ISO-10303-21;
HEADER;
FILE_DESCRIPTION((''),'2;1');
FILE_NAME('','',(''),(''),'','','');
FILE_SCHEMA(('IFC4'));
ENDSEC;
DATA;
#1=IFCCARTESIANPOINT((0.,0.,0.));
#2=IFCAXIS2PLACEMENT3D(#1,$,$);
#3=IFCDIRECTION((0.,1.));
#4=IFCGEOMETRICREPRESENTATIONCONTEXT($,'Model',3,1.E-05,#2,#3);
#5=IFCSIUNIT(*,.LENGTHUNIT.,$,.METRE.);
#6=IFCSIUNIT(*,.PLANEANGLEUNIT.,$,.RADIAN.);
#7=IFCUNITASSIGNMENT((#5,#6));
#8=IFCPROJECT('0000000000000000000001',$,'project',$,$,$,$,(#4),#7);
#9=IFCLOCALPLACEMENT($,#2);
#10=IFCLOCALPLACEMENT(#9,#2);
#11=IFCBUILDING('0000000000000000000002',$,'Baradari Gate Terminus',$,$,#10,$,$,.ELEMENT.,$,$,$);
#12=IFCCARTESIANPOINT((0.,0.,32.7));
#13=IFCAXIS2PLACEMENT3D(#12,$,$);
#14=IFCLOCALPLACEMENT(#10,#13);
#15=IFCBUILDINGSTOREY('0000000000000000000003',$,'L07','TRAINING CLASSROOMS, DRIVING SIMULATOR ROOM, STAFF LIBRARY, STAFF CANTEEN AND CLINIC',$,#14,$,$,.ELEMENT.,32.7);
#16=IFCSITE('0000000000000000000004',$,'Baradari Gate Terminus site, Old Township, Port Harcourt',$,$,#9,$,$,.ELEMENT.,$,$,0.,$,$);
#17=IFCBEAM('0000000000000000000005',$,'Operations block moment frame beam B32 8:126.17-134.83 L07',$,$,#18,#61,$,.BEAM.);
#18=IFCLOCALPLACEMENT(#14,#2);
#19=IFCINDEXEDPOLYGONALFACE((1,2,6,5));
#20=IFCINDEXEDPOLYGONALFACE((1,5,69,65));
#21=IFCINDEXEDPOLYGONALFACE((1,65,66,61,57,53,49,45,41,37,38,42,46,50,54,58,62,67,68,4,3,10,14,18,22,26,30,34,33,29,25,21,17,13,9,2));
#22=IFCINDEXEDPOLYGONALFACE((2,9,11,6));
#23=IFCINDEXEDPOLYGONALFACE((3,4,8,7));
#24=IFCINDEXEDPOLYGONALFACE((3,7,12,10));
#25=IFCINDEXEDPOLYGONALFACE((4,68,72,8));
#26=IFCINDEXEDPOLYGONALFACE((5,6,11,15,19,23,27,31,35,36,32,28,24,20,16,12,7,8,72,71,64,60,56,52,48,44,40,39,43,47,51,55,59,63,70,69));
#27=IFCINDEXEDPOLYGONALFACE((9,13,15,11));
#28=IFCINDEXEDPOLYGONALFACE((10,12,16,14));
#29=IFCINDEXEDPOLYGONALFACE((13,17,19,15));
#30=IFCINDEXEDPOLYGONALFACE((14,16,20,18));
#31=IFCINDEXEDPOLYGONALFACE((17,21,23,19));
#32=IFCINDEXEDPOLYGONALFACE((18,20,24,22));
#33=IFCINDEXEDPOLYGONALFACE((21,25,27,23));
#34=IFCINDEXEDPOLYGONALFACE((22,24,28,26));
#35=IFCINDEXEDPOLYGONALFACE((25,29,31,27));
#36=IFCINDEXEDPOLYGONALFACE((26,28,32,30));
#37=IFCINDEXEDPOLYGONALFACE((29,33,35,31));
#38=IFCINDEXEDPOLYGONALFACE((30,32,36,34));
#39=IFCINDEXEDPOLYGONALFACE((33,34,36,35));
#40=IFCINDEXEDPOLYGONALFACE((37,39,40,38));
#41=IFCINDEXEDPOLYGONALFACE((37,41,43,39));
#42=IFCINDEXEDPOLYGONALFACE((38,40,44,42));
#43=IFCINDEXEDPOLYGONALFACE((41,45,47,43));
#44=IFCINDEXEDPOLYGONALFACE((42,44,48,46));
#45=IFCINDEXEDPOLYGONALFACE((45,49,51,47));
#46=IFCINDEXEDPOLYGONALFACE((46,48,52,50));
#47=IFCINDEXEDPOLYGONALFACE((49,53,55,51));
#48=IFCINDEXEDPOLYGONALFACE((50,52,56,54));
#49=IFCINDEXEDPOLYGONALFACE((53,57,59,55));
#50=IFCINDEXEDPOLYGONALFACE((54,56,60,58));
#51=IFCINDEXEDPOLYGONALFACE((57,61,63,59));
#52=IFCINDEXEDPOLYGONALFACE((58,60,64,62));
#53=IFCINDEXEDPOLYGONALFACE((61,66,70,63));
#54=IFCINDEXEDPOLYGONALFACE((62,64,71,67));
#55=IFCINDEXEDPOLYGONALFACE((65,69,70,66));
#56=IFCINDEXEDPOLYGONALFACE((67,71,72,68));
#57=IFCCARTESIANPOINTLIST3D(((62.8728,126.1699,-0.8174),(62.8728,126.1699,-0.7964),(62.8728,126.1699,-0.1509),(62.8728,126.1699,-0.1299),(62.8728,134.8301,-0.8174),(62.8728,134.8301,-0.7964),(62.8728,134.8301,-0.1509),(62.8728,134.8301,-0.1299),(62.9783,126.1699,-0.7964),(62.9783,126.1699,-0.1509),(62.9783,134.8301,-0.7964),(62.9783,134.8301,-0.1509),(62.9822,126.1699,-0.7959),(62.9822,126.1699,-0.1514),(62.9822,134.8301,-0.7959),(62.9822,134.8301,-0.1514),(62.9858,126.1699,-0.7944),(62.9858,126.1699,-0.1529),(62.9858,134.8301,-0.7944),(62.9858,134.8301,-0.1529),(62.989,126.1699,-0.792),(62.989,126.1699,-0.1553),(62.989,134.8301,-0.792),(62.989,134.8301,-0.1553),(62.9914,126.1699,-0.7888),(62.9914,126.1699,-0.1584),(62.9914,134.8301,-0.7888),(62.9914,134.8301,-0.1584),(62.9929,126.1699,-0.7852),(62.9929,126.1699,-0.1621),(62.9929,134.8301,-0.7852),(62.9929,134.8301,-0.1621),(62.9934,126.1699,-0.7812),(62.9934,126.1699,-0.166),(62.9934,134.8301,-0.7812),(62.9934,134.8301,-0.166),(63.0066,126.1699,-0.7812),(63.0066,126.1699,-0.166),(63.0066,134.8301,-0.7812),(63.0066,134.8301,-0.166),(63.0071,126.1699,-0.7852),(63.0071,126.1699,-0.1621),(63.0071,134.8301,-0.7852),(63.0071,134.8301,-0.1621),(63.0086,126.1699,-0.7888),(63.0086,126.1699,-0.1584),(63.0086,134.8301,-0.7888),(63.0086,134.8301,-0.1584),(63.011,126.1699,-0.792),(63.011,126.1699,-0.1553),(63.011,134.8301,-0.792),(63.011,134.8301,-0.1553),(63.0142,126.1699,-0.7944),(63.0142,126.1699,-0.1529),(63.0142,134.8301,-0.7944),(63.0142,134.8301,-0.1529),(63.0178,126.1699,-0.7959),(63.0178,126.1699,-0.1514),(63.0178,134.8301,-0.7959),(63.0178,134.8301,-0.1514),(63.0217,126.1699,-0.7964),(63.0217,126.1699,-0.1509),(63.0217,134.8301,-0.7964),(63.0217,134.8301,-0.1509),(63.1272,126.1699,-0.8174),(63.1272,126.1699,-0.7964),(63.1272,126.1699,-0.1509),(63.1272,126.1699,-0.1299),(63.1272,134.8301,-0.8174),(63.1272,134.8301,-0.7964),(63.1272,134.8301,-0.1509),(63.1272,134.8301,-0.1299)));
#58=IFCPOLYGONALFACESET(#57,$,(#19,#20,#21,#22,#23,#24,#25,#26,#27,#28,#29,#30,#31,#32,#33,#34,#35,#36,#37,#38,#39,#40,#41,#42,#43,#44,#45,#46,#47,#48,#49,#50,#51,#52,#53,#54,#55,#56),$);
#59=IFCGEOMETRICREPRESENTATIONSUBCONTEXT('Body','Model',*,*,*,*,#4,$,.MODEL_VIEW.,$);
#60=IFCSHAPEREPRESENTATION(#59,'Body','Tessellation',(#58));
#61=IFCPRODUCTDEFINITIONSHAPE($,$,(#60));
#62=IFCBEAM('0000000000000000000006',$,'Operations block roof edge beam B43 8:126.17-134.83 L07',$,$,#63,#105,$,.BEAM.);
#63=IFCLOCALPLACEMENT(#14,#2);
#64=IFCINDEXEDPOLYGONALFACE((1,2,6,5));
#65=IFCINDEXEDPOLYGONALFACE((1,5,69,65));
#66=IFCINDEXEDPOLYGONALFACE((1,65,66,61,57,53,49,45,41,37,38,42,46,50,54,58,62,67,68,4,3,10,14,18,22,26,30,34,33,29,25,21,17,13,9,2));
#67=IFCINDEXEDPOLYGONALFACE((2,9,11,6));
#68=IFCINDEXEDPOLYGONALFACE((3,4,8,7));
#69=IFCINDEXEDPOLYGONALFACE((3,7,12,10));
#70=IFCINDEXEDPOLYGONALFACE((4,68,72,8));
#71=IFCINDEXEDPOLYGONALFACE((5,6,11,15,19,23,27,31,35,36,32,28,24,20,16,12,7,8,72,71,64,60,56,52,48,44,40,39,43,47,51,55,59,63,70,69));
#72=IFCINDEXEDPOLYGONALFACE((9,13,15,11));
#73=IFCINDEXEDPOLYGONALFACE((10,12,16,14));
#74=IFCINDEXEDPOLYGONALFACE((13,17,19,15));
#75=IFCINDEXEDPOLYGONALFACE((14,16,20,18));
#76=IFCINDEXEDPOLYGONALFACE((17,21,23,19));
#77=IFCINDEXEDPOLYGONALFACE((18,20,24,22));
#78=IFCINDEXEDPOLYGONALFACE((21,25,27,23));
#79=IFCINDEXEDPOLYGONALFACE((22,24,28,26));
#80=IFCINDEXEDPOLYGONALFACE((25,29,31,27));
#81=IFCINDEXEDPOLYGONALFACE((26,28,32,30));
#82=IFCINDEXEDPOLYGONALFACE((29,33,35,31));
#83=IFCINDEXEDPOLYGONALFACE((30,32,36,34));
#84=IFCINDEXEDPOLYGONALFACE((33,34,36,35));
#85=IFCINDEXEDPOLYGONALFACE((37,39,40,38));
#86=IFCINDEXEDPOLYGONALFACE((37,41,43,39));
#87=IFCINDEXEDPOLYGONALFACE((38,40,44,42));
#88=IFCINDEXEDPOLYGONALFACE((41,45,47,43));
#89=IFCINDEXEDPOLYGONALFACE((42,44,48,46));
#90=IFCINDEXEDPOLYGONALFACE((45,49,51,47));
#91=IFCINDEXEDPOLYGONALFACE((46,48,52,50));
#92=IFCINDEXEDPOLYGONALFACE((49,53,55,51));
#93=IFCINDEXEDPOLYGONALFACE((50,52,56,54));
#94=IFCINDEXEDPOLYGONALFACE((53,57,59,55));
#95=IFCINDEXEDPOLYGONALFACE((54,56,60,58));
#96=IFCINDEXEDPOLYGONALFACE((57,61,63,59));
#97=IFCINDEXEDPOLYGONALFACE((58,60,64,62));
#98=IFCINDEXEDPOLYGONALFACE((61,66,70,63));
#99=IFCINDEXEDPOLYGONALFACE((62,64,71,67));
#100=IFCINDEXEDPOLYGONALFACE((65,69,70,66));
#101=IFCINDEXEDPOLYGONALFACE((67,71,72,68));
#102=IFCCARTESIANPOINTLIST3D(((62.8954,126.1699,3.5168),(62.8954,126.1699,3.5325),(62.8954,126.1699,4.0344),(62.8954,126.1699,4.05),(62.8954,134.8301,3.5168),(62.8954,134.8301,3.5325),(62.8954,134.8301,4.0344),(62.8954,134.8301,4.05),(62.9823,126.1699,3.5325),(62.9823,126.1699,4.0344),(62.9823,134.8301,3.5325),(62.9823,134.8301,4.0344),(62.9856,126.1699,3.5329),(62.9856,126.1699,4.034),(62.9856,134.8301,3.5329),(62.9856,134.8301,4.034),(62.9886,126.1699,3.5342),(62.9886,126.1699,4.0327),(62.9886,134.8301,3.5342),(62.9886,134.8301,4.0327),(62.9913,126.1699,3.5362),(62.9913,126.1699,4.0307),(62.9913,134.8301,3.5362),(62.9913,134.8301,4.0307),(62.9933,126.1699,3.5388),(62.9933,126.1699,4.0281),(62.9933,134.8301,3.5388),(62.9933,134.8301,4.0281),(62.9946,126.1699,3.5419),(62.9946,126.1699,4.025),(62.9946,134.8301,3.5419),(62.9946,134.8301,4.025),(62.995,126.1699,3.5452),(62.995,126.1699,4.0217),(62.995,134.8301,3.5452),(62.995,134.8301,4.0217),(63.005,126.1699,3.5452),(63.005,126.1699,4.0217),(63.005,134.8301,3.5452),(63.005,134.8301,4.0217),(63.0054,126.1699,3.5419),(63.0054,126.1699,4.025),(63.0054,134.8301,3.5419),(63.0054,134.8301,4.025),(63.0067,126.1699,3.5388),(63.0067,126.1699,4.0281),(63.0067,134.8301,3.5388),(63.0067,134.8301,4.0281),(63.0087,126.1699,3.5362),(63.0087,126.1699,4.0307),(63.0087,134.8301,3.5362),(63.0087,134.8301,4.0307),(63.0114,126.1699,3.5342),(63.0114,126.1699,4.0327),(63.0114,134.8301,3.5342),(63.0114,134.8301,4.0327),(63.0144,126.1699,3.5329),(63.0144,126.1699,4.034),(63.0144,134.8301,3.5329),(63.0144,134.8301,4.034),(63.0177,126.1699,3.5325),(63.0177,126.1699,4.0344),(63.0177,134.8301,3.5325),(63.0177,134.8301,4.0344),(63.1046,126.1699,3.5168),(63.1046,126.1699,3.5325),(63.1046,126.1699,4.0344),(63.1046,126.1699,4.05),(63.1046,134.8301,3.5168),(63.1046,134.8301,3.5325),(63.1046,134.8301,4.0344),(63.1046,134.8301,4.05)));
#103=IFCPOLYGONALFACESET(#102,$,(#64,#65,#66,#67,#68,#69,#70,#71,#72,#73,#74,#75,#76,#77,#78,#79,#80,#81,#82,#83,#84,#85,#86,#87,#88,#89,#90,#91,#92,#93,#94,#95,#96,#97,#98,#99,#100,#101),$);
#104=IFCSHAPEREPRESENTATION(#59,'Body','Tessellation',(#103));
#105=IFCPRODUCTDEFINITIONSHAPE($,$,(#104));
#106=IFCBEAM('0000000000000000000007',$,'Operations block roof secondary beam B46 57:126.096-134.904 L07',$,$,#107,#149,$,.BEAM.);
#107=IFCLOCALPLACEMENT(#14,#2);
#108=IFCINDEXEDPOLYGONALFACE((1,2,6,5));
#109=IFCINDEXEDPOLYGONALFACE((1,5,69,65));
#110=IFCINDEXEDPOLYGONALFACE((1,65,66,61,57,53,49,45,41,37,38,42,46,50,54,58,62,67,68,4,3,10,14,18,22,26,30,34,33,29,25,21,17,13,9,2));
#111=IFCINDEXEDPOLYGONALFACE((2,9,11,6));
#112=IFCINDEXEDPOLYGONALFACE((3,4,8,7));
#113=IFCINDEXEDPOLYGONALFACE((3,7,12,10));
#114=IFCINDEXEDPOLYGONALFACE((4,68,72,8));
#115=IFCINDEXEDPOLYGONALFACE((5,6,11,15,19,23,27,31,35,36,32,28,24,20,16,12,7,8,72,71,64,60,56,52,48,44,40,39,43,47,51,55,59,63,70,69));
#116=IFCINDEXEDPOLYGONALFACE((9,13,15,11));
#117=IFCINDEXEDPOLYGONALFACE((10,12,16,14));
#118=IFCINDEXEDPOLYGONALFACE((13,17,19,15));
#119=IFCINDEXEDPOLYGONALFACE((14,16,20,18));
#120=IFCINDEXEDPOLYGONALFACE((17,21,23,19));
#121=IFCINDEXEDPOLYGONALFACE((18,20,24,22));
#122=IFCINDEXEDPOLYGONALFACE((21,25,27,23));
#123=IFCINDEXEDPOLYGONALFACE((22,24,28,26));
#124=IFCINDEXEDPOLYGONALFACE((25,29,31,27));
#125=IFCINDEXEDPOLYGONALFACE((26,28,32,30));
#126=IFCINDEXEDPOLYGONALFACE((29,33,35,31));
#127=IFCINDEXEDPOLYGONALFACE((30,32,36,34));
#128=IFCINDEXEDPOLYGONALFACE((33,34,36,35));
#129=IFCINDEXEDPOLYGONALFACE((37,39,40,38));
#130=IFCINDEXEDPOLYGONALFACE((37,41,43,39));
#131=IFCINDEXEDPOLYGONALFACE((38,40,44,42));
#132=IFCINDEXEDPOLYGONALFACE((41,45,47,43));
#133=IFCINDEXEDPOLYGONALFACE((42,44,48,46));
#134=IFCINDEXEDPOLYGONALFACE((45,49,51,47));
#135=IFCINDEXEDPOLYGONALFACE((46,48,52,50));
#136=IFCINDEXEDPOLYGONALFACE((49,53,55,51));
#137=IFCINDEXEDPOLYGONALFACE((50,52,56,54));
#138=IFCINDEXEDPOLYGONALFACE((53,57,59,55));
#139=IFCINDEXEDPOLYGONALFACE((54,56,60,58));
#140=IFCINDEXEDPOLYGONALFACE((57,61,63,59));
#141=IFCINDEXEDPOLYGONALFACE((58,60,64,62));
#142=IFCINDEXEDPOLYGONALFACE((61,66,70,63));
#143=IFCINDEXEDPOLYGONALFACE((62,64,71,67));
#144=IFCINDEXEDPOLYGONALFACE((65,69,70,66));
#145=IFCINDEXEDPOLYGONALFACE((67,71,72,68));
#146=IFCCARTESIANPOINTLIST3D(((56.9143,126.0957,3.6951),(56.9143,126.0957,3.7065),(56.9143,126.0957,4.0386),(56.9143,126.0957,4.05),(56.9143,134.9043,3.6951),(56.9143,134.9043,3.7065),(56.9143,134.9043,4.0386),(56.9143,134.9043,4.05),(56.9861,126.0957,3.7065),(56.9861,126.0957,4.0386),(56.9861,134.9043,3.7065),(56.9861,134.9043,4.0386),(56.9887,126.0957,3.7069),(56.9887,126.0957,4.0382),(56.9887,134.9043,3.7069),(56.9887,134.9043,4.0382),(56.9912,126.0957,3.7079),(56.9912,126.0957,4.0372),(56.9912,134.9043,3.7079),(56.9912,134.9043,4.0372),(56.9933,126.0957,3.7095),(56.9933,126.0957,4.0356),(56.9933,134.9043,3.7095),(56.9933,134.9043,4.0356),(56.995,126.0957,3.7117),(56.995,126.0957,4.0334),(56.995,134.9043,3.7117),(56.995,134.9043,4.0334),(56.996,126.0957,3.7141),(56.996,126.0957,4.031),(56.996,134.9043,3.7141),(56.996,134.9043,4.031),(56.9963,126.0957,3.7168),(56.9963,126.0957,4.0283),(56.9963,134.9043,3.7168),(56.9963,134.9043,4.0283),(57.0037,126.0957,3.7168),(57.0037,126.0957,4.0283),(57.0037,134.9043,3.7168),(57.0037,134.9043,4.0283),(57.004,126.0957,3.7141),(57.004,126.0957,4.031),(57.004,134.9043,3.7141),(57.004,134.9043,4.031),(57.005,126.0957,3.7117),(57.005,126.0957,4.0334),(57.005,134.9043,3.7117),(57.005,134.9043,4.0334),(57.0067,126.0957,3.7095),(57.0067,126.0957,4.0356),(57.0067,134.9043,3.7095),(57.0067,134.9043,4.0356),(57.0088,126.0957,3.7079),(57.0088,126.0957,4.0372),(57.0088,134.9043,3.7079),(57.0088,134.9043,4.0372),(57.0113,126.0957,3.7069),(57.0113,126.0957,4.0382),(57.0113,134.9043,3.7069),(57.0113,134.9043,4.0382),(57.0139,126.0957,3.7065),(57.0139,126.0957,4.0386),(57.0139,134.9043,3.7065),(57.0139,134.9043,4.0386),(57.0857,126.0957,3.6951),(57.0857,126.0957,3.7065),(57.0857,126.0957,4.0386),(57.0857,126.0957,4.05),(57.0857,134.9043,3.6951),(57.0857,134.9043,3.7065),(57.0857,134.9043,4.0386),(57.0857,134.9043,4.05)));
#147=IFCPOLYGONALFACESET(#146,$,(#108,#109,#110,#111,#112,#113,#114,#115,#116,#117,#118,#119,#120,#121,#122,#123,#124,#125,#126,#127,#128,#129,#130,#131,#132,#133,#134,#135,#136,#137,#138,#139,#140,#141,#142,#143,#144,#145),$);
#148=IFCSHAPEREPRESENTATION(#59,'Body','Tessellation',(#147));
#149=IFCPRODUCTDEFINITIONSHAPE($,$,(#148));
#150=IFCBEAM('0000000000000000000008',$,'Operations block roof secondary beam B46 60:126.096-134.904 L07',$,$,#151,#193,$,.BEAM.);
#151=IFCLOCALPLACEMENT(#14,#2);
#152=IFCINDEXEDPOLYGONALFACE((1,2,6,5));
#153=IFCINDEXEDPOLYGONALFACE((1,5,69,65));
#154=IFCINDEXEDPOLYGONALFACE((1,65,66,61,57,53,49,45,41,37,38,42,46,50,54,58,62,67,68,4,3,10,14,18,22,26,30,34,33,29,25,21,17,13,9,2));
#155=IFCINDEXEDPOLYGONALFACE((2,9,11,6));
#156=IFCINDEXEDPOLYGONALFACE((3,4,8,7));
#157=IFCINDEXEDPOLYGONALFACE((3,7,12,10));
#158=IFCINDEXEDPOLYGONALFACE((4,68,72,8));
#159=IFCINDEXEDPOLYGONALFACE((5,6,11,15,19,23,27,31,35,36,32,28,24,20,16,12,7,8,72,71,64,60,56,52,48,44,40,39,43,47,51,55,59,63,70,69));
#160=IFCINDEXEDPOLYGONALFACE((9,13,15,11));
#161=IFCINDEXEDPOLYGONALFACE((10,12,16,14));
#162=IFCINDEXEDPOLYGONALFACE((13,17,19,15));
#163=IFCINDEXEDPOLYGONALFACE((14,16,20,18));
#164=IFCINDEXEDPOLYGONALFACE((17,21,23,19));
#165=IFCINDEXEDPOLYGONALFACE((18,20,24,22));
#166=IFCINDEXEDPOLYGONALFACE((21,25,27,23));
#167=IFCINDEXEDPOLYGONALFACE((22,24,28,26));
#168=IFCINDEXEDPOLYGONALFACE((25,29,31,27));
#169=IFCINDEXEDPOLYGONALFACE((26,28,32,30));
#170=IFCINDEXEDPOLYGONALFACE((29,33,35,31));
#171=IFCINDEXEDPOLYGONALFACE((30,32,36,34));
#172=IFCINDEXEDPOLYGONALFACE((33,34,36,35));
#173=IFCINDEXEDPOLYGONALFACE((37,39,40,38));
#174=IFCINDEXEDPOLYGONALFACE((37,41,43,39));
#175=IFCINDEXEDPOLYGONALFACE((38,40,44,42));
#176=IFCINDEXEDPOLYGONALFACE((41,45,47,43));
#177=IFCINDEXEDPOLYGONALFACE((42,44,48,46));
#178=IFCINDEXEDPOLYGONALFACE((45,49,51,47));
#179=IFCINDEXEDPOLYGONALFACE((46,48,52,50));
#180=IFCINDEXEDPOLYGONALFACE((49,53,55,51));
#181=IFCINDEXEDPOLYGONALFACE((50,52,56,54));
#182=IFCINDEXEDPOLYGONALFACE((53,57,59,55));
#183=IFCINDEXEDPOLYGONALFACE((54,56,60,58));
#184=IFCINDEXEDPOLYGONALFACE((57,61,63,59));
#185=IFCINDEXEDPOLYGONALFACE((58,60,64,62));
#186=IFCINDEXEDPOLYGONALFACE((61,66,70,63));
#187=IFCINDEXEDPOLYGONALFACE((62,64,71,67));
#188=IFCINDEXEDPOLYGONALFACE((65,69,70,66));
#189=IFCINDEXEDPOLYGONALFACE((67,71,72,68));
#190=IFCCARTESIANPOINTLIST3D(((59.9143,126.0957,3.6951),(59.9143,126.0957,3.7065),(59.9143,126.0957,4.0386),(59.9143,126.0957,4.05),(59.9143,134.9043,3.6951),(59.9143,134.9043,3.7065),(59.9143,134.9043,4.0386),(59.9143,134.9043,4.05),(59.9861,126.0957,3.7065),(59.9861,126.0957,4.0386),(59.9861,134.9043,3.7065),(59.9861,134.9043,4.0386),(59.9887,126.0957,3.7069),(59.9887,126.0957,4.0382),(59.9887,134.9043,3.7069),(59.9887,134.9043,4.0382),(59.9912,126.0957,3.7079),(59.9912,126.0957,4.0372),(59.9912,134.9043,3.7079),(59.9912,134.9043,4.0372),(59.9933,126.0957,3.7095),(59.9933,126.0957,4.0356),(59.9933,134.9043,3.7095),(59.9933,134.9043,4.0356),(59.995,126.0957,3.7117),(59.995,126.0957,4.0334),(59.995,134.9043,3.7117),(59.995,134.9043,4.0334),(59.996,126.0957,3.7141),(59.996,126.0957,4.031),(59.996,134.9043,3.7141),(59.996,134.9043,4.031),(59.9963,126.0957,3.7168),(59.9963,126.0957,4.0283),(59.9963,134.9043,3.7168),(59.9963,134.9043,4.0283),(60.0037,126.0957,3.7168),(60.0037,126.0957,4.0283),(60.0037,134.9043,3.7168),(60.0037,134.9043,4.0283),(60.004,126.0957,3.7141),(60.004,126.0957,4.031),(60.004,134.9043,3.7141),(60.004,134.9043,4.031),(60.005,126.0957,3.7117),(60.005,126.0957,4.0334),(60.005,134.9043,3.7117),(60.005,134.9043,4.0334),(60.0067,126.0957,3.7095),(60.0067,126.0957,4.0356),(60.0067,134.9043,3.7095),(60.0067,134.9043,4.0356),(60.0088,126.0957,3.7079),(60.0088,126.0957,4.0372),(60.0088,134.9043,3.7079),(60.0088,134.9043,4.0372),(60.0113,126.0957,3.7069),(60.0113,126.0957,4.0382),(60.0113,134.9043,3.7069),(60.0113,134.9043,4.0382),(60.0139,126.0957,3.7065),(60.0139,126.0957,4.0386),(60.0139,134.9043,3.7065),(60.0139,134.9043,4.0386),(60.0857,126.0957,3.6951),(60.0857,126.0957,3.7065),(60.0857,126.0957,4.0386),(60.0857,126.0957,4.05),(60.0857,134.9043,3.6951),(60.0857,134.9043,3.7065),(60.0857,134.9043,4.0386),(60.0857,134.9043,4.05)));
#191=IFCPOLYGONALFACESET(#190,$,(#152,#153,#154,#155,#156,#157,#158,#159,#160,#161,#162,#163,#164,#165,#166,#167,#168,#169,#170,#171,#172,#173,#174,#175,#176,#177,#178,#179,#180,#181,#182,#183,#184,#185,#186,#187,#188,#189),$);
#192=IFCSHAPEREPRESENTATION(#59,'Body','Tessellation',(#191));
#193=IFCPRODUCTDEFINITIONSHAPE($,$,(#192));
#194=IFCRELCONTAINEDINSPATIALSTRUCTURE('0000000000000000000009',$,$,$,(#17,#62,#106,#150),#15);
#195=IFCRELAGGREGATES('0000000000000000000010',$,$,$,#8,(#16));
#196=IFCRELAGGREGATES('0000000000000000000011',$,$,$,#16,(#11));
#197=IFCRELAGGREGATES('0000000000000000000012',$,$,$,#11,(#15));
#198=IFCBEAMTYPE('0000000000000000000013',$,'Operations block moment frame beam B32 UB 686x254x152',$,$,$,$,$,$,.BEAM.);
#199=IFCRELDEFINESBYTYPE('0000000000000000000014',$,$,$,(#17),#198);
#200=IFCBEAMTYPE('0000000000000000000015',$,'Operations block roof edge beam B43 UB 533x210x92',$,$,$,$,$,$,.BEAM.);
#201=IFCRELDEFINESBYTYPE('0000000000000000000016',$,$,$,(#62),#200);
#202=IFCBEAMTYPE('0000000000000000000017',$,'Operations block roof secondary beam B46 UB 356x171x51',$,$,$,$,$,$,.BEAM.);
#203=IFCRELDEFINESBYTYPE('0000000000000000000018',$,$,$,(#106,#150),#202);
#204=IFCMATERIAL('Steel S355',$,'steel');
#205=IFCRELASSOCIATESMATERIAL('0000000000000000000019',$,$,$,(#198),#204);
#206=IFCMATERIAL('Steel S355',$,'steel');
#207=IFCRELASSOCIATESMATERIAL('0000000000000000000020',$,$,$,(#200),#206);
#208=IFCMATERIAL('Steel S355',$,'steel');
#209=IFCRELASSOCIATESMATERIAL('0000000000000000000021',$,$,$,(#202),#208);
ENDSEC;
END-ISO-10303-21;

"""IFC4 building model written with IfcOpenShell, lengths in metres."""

from ifc_helpers import new_model, si_unit, direction, frame, origin, origin_2d, place, context, subcontext, project, spatial, i_section, extrude, material, material_profile, profile_set, type_object, element, save


model = new_model("IFC4")

# Units and contexts
model_context = context("Model", 3, precision=1e-05, world=origin(), true_north=direction((0.0, 1.0)))
body_context = subcontext(model_context, "Body", "Model", "MODEL_VIEW")
ifc_project = project(units=[si_unit("LENGTHUNIT", "METRE"), si_unit("PLANEANGLEUNIT", "RADIAN")], contexts=[model_context])

# Site, building, storey
site_placement = place(None, origin())
site = spatial("IfcSite", under=ifc_project, at=site_placement, Name="Baradari Gate Terminus site, Old Township, Port Harcourt", CompositionType="ELEMENT", RefElevation=0.0)
building_placement = place(site_placement, origin())
building = spatial("IfcBuilding", under=site, at=building_placement, Name="Baradari Gate Terminus", CompositionType="ELEMENT")
storey_placement = place(building_placement, frame((0.0, 0.0, 32.7)))
storey = spatial("IfcBuildingStorey", under=building, at=storey_placement, Name="L07", Description="TRAINING CLASSROOMS, DRIVING SIMULATOR ROOM, STAFF LIBRARY, STAFF CANTEEN AND CLINIC", CompositionType="ELEMENT", Elevation=32.7)

# Beams
ifc_material_1 = material(Name="Steel S355", Category="steel")
ifc_material_profile_1 = material_profile(ifc_material_1, i_section(OverallWidth=0.2544, OverallDepth=0.6875, WebThickness=0.0132, FlangeThickness=0.021, FilletRadius=0.0151, at=origin_2d()), Name="UB 686x254x152")
ifc_profile_set_1 = profile_set([ifc_material_profile_1], Name="Steel S355")
beam_type_1 = type_object("IfcBeamType", Name="Operations block moment frame beam B32 UB 686x254x152", PredefinedType="BEAM", material=ifc_profile_set_1)
beam_1_placement = place(storey_placement, frame((63.0, 126.1699, -0.4736), z_axis=(0.0, 1.0, 0.0), x_axis=(-1.0, 0.0, 0.0)))
element("IfcBeam", 1, at=beam_1_placement, inside=storey, type_object=beam_type_1, Name="Operations block moment frame beam B32 8:126.17-134.83 L07", PredefinedType="BEAM", context=body_context, shape_type="SweptSolid", body=[
    extrude(i_section(OverallWidth=0.2544, OverallDepth=0.6875, WebThickness=0.0132, FlangeThickness=0.021, FilletRadius=0.0151, at=origin_2d()), origin(), (0.0, 0.0, 1.0), 8.6602),
])
ifc_material_2 = material(Name="Steel S355", Category="steel")
ifc_material_profile_2 = material_profile(ifc_material_2, i_section(OverallWidth=0.2092, OverallDepth=0.5332, WebThickness=0.01, FlangeThickness=0.0156, FilletRadius=0.0127, at=origin_2d()), Name="UB 533x210x92")
ifc_profile_set_2 = profile_set([ifc_material_profile_2], Name="Steel S355")
beam_type_2 = type_object("IfcBeamType", Name="Operations block roof edge beam B43 UB 533x210x92", PredefinedType="BEAM", material=ifc_profile_set_2)
beam_2_placement = place(storey_placement, frame((63.0, 126.1699, 3.7834), z_axis=(0.0, 1.0, 0.0), x_axis=(-1.0, 0.0, 0.0)))
element("IfcBeam", 2, at=beam_2_placement, inside=storey, type_object=beam_type_2, Name="Operations block roof edge beam B43 8:126.17-134.83 L07", PredefinedType="BEAM", context=body_context, shape_type="SweptSolid", body=[
    extrude(i_section(OverallWidth=0.2092, OverallDepth=0.5332, WebThickness=0.01, FlangeThickness=0.0156, FilletRadius=0.0127, at=origin_2d()), origin(), (0.0, 0.0, 1.0), 8.6602),
])
ifc_material_3 = material(Name="Steel S355", Category="steel")
ifc_material_profile_3 = material_profile(ifc_material_3, i_section(OverallWidth=0.1714, OverallDepth=0.355, WebThickness=0.0073, FlangeThickness=0.0115, FilletRadius=0.0103, at=origin_2d()), Name="UB 356x171x51")
ifc_profile_set_3 = profile_set([ifc_material_profile_3], Name="Steel S355")
beam_type_3 = type_object("IfcBeamType", Name="Operations block roof secondary beam B46 UB 356x171x51", PredefinedType="BEAM", material=ifc_profile_set_3)
for number, where, z_axis, x_axis, name in (
    (3, (57.0, 126.0957, 3.8726), (0.0, 1.0, 0.0), (-1.0, 0.0, 0.0), "Operations block roof secondary beam B46 57:126.096-134.904 L07"),
    (4, (60.0, 126.0957, 3.8726), (0.0, 1.0, 0.0), (-1.0, 0.0, 0.0), "Operations block roof secondary beam B46 60:126.096-134.904 L07"),
):
    element("IfcBeam", number, at=place(storey_placement, frame(where, z_axis=z_axis, x_axis=x_axis)), inside=storey, type_object=beam_type_3, Name=name, PredefinedType="BEAM", context=body_context, shape_type="SweptSolid", body=[
        extrude(i_section(OverallWidth=0.1714, OverallDepth=0.355, WebThickness=0.0073, FlangeThickness=0.0115, FilletRadius=0.0103, at=origin_2d()), origin(), (0.0, 0.0, 1.0), 8.8086),
    ])

save(model, "model.ifc")
